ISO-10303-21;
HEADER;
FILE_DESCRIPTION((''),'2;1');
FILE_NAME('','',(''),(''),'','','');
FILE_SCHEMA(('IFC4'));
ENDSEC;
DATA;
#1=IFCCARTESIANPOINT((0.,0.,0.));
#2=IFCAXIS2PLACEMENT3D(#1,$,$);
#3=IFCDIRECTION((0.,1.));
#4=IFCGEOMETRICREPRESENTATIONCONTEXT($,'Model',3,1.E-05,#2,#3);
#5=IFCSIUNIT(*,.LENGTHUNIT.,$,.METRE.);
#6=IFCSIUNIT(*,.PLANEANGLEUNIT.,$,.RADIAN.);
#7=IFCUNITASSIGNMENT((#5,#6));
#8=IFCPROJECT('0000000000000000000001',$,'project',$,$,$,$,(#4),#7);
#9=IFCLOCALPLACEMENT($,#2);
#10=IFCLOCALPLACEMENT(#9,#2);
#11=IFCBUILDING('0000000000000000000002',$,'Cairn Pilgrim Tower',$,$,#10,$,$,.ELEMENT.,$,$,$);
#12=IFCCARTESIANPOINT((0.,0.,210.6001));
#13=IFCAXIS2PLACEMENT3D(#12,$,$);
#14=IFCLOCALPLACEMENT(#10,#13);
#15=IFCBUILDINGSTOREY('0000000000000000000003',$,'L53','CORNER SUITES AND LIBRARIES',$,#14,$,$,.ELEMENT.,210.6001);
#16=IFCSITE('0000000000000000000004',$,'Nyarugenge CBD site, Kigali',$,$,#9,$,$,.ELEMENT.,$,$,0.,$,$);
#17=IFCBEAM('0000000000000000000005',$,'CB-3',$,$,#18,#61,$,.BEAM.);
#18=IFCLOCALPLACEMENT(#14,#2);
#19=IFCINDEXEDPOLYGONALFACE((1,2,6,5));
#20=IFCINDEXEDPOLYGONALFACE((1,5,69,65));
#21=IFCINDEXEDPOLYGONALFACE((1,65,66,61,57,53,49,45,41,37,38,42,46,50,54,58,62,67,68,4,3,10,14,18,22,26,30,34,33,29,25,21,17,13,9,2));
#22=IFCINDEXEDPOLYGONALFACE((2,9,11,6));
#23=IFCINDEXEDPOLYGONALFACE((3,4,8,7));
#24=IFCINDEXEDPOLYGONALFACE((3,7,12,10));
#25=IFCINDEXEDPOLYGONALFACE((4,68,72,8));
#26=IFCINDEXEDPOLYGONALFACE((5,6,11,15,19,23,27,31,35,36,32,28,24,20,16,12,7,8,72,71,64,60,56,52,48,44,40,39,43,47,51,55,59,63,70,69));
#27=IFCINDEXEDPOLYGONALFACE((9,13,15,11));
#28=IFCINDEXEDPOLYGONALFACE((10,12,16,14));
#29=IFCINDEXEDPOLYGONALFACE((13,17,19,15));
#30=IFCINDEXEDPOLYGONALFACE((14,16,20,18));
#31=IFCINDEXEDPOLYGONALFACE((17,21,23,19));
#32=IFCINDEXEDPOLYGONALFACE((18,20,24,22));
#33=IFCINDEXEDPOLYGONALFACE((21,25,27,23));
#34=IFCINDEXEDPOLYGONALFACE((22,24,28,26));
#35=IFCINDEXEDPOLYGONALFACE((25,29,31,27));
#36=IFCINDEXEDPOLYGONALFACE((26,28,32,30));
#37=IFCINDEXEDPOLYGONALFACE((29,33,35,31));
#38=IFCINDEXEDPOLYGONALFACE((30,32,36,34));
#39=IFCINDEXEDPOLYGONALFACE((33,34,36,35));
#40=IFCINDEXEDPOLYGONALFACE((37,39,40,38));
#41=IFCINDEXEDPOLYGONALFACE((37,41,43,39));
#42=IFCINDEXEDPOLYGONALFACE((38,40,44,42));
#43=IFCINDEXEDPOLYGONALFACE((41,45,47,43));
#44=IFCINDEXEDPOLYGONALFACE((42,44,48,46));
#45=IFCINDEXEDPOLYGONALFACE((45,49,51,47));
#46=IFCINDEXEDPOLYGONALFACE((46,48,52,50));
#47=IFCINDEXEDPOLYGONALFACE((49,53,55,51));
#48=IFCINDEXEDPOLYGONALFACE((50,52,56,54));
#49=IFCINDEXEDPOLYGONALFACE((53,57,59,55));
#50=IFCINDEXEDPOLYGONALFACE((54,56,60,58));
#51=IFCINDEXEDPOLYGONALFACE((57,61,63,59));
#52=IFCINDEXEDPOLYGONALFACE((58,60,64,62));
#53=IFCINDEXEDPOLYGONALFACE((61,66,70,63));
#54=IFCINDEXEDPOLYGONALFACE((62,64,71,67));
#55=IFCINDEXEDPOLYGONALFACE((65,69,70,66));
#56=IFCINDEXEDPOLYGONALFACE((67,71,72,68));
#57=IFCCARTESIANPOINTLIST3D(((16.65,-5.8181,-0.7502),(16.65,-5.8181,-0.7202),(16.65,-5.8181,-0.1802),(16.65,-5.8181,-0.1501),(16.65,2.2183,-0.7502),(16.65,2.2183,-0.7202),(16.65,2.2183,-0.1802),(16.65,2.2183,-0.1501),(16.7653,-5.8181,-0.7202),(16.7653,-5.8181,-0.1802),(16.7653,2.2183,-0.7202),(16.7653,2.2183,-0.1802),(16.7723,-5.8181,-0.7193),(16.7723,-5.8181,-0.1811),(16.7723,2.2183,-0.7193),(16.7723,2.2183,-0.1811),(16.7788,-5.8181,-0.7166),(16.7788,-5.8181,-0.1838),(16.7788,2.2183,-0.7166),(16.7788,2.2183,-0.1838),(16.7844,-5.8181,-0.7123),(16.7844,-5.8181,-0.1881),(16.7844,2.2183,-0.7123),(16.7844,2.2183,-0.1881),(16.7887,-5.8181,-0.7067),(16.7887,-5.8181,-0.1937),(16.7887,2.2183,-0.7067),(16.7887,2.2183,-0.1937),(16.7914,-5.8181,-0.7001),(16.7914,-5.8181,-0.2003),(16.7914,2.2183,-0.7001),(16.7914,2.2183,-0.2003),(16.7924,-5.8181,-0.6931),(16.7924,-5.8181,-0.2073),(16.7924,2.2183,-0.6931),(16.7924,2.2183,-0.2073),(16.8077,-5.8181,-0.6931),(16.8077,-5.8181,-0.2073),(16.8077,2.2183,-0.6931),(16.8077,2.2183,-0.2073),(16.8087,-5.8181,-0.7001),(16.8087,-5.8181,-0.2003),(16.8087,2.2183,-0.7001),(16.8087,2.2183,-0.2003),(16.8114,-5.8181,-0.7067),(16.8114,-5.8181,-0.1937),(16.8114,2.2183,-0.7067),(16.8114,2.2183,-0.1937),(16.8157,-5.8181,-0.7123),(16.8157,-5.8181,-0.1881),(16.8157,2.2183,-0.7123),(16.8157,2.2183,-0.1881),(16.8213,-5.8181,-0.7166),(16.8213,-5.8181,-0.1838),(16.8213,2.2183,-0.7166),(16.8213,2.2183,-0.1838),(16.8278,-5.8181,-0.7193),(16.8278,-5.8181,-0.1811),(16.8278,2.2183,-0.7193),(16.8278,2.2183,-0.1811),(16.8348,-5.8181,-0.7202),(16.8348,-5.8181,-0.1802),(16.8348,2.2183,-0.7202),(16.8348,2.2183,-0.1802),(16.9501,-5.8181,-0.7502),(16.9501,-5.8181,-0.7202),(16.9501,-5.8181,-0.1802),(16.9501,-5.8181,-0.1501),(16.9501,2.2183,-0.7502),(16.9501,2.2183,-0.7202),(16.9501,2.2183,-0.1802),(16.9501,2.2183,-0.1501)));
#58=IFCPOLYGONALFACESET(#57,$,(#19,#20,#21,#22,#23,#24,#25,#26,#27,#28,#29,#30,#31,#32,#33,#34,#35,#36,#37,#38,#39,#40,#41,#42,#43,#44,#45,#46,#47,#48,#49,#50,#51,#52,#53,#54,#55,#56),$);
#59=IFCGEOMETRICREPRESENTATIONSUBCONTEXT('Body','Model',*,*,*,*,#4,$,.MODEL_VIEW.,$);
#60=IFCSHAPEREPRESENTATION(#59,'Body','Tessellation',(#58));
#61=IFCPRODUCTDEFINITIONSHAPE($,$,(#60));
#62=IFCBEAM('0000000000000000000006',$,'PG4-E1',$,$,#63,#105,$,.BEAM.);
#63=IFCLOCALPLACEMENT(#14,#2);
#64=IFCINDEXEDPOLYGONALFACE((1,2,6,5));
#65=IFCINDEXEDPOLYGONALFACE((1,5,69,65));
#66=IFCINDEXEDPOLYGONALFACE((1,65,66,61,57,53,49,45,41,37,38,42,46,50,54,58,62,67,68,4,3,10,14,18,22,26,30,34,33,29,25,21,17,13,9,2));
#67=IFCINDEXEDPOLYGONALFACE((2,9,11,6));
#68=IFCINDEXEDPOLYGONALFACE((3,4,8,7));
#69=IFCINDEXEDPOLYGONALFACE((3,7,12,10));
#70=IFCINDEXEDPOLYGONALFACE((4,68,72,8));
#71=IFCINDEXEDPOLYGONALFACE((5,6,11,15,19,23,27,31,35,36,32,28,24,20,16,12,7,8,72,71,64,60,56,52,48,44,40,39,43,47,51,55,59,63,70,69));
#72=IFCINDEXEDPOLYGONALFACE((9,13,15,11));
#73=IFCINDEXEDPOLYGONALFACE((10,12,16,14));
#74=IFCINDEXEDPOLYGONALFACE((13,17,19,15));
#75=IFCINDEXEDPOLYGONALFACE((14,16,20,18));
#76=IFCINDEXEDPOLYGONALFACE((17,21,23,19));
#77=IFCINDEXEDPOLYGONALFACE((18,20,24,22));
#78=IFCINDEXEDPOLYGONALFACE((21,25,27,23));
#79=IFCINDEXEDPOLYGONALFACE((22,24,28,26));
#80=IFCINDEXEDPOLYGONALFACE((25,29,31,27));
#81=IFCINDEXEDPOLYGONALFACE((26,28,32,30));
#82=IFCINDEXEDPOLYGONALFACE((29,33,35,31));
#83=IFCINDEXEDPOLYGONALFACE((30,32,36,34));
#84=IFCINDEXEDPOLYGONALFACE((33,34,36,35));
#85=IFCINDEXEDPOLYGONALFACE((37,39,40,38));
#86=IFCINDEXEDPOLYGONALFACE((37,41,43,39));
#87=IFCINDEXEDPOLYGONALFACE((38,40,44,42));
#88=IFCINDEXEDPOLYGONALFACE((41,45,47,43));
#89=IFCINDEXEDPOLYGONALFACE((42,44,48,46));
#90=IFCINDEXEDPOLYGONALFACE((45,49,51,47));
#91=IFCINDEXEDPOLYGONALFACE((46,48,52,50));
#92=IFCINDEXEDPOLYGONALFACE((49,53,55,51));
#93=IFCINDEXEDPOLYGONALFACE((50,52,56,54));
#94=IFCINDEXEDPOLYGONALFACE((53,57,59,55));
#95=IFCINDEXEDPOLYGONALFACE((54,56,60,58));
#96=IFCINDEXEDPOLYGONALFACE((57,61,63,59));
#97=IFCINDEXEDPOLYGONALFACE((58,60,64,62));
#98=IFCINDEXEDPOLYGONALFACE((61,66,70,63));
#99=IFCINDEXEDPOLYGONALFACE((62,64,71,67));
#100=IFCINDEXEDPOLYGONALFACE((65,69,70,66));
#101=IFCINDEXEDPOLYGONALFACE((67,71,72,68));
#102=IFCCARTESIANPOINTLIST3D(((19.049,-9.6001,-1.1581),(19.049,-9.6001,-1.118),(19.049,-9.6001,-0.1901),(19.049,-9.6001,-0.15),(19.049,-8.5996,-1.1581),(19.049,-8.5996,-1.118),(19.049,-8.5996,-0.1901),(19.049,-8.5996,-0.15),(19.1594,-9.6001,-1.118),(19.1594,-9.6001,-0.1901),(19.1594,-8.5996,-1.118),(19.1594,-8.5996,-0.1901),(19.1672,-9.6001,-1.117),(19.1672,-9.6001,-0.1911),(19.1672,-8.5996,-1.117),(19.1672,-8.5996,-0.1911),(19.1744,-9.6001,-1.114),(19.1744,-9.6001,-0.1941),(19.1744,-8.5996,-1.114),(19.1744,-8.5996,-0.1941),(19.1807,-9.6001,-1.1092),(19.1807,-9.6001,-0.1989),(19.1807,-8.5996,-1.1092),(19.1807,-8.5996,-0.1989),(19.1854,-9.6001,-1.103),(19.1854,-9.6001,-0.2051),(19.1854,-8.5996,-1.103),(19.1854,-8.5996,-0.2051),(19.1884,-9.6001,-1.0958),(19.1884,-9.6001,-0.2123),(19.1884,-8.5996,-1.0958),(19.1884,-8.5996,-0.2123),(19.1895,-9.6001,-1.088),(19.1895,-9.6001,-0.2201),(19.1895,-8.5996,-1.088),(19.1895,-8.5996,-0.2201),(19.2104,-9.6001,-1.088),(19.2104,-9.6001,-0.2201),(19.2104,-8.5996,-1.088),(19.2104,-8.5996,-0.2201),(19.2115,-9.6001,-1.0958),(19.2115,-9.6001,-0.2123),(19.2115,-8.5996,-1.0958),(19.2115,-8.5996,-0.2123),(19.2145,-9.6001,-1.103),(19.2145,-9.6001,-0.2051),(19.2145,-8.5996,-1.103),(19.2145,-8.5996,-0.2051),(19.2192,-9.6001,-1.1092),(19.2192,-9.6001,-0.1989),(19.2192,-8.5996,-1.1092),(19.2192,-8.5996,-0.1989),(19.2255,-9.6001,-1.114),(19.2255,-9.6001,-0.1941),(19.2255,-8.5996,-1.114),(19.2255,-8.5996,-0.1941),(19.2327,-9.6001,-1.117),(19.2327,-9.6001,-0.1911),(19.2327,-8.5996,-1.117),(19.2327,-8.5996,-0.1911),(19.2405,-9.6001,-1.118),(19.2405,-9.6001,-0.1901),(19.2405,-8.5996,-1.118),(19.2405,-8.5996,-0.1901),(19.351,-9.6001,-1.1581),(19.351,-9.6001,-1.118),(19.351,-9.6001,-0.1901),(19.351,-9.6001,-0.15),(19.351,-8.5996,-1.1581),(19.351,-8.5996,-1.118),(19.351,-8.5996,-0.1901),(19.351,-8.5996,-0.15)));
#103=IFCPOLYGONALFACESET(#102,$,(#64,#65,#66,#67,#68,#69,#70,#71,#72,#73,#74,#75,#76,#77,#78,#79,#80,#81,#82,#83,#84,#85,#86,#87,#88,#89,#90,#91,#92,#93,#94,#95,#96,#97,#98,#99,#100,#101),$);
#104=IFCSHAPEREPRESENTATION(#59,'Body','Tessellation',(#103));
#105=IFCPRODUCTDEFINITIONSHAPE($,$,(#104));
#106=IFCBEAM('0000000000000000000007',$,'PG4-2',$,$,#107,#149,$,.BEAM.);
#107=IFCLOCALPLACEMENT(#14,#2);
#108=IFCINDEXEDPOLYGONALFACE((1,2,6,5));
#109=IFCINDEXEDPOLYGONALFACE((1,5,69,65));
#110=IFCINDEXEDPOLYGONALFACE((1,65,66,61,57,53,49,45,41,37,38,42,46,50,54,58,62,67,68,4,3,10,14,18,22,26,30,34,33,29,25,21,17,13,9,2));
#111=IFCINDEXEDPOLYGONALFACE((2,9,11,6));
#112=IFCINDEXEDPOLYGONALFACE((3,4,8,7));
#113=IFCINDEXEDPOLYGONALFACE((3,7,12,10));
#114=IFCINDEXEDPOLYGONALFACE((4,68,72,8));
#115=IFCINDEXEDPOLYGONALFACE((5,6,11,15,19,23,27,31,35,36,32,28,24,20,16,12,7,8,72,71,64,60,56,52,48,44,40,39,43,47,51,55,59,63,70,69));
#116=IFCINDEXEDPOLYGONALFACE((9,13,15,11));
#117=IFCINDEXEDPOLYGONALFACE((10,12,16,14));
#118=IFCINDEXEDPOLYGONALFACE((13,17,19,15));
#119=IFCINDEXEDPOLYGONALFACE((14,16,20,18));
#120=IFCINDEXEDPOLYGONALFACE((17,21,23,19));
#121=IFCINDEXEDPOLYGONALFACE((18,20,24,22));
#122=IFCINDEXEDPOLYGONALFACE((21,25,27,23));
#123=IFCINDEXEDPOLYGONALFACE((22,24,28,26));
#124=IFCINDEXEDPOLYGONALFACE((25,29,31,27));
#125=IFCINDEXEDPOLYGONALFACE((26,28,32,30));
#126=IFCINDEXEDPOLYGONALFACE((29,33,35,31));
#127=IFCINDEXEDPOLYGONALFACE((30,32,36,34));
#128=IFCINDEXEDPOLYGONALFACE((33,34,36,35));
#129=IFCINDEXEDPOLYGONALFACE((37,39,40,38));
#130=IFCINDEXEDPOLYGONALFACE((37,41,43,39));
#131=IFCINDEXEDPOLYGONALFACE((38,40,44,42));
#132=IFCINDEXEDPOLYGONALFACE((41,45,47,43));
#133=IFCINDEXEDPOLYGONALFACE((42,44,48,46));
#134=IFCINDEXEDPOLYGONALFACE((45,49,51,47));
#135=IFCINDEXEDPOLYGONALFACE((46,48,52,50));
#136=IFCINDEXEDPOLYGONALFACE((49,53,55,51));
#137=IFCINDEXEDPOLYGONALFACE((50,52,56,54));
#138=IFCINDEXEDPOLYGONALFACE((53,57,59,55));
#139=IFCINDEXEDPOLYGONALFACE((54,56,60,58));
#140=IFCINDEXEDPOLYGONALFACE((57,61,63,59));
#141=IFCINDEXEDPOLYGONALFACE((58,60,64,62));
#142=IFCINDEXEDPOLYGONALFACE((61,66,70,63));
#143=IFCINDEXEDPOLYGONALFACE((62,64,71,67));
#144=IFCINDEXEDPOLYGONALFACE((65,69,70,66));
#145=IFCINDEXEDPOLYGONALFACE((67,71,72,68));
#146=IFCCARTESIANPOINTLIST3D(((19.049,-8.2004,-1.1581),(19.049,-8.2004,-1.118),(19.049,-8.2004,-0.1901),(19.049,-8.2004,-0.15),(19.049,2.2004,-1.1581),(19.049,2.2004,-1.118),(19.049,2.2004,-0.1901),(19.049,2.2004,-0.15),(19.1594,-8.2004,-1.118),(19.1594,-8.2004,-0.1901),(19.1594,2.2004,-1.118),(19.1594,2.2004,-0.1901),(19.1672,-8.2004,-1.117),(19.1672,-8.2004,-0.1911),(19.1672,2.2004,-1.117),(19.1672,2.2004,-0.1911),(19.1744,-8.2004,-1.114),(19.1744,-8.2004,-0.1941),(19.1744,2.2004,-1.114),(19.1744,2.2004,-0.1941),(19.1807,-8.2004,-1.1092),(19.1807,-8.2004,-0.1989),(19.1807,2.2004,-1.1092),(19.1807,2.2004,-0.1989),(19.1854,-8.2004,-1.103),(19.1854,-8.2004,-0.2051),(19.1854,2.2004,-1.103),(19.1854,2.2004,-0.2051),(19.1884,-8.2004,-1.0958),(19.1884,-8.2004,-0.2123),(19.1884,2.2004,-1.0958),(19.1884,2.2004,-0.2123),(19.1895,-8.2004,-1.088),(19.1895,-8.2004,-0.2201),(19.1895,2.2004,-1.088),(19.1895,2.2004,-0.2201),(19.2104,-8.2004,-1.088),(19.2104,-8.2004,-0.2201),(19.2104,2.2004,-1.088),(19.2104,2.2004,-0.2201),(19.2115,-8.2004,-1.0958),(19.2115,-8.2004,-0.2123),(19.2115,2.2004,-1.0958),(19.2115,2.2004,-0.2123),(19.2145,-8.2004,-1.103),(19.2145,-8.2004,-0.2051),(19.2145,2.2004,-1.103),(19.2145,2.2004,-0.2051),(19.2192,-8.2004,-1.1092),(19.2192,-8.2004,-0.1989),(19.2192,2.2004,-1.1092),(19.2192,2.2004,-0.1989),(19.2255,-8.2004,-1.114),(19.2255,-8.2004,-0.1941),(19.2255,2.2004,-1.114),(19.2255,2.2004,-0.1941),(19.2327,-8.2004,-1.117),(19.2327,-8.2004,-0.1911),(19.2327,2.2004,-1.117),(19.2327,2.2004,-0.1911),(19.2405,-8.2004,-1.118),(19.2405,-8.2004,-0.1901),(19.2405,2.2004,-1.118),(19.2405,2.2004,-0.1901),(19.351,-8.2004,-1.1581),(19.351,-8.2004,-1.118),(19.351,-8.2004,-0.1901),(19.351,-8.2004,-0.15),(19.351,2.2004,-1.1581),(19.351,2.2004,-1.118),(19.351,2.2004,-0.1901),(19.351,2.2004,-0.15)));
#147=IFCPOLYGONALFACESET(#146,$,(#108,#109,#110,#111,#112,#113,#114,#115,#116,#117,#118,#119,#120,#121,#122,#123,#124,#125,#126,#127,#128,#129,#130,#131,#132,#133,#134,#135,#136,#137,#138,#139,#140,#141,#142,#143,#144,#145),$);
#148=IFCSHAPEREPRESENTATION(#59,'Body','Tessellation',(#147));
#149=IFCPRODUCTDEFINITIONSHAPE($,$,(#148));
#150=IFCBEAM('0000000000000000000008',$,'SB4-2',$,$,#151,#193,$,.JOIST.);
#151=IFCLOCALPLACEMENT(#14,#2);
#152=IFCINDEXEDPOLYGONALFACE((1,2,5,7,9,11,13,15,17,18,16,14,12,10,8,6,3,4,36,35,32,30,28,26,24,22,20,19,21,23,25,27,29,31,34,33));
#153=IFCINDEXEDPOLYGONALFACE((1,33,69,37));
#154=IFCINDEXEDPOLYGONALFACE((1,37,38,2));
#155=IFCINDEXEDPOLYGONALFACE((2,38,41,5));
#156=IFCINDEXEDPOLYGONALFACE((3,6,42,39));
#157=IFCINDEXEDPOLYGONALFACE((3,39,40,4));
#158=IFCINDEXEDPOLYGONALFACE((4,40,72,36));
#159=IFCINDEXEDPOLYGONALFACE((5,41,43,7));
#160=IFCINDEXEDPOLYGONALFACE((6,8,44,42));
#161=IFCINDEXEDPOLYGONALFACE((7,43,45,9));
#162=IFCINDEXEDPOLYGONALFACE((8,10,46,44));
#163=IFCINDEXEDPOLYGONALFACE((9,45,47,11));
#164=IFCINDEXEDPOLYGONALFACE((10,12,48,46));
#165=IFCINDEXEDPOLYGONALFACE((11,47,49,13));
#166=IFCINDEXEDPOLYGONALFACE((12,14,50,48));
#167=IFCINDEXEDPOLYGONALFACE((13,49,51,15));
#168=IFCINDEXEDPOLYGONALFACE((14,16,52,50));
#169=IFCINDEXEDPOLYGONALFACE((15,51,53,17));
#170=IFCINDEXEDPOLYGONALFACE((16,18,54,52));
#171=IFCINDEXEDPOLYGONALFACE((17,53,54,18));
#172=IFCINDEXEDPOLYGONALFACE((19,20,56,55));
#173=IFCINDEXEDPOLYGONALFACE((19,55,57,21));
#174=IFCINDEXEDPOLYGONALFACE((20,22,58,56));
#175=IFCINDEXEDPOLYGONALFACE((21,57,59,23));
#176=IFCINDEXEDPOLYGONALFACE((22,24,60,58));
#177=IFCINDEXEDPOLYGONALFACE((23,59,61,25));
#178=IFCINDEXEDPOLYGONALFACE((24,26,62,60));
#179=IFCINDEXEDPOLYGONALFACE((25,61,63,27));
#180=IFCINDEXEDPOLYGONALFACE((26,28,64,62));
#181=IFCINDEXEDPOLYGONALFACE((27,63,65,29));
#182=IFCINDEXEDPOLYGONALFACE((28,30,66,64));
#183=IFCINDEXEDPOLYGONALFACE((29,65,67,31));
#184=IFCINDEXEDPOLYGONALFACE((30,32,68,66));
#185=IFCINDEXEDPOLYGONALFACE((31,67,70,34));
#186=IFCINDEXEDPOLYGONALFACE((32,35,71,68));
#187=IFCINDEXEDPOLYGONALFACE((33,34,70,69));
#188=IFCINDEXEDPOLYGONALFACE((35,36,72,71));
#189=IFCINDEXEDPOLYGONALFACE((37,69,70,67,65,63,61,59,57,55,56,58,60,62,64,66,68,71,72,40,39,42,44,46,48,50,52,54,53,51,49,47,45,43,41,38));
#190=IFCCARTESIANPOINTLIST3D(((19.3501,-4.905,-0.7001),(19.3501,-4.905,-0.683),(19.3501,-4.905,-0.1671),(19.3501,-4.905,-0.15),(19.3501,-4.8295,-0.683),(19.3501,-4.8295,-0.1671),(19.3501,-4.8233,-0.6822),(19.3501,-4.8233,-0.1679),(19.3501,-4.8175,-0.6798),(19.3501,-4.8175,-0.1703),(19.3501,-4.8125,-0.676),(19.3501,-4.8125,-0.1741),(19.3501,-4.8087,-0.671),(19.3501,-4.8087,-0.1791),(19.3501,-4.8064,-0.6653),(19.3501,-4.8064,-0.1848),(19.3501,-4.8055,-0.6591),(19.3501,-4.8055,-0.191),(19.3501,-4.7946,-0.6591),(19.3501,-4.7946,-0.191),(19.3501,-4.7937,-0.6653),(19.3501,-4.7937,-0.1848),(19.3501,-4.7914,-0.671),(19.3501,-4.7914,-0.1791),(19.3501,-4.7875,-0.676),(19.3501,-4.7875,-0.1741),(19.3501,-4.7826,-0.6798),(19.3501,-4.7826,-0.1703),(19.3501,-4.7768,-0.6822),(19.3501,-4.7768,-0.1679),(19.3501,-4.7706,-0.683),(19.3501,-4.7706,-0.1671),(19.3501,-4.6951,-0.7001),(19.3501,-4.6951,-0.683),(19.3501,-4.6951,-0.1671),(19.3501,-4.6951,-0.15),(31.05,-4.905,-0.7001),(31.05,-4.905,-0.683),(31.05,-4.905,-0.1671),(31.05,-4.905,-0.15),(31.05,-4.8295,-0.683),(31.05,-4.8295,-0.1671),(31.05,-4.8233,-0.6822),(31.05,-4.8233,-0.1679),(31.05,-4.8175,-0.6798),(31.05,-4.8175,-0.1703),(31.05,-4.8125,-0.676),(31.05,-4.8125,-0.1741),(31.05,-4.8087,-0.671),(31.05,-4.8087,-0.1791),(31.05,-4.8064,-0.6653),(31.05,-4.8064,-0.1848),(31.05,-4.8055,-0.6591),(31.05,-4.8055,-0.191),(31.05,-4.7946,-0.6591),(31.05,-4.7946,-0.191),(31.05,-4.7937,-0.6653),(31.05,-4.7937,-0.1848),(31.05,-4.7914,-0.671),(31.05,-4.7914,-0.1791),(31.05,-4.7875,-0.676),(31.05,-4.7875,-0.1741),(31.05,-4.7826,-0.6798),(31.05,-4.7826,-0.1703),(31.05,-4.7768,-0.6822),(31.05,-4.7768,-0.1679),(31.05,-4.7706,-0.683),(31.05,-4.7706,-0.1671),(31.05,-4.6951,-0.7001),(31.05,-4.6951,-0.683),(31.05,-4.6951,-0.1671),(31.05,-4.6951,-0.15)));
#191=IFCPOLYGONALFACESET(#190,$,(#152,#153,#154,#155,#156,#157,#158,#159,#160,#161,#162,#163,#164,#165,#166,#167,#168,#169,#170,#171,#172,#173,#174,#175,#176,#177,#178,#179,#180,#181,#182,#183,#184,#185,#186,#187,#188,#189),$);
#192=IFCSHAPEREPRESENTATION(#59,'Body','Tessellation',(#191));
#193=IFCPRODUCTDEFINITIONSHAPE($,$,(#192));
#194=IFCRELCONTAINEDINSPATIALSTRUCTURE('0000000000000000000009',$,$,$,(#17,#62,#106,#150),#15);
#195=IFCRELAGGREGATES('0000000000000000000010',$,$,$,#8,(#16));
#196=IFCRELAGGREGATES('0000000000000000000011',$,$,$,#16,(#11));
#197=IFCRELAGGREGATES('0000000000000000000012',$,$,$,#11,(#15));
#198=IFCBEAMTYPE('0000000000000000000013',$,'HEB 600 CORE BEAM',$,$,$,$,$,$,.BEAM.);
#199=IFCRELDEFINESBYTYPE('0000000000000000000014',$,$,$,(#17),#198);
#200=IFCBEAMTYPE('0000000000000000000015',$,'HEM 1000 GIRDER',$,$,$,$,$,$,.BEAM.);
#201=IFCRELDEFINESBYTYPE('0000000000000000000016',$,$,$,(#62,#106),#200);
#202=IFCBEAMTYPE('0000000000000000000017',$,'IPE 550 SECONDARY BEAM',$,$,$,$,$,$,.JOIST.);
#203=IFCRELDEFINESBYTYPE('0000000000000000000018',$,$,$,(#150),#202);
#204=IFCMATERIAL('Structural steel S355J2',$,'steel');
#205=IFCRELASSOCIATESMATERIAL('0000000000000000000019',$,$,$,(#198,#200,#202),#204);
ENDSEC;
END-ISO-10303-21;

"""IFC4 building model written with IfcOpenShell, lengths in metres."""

from ifc_helpers import new_model, si_unit, direction, frame, origin, origin_2d, place, context, subcontext, project, spatial, i_section, extrude, material, material_profile, profile_set, type_object, element, save


model = new_model("IFC4")

# Units and contexts
model_context = context("Model", 3, precision=1e-05, world=origin(), true_north=direction((0.0, 1.0)))
body_context = subcontext(model_context, "Body", "Model", "MODEL_VIEW")
ifc_project = project(units=[si_unit("LENGTHUNIT", "METRE"), si_unit("PLANEANGLEUNIT", "RADIAN")], contexts=[model_context])

# Site, building, storey
site_placement = place(None, origin())
site = spatial("IfcSite", under=ifc_project, at=site_placement, Name="Nyarugenge CBD site, Kigali", CompositionType="ELEMENT", RefElevation=0.0)
building_placement = place(site_placement, origin())
building = spatial("IfcBuilding", under=site, at=building_placement, Name="Cairn Pilgrim Tower", CompositionType="ELEMENT")
storey_placement = place(building_placement, frame((0.0, 0.0, 210.6001)))
storey = spatial("IfcBuildingStorey", under=building, at=storey_placement, Name="L53", Description="CORNER SUITES AND LIBRARIES", CompositionType="ELEMENT", Elevation=210.6001)

# Shared definitions
ifc_material_1 = material(Name="Structural steel S355J2", Category="steel")

# Beams
ifc_material_profile_1 = material_profile(ifc_material_1, i_section(OverallWidth=0.3, OverallDepth=0.6001, WebThickness=0.0154, FlangeThickness=0.03, FilletRadius=0.0271, at=origin_2d()), Name="HEB 600")
ifc_profile_set_1 = profile_set([ifc_material_profile_1], Name="Structural steel S355J2")
beam_type_1 = type_object("IfcBeamType", Name="HEB 600 CORE BEAM", PredefinedType="BEAM", material=ifc_profile_set_1)
beam_1_placement = place(storey_placement, frame((16.8, -5.8181, -0.4502), z_axis=(0.0, 1.0, 0.0), x_axis=(-1.0, 0.0, 0.0)))
element("IfcBeam", 1, at=beam_1_placement, inside=storey, type_object=beam_type_1, Name="CB-3", PredefinedType="BEAM", context=body_context, shape_type="SweptSolid", body=[
    extrude(i_section(OverallWidth=0.3, OverallDepth=0.6001, WebThickness=0.0154, FlangeThickness=0.03, FilletRadius=0.0271, at=origin_2d()), origin(), (0.0, 0.0, 1.0), 8.0364),
])
ifc_material_profile_2 = material_profile(ifc_material_1, i_section(OverallWidth=0.302, OverallDepth=1.0081, WebThickness=0.021, FlangeThickness=0.04, FilletRadius=0.03, at=origin_2d()), Name="HEM 1000")
ifc_profile_set_2 = profile_set([ifc_material_profile_2], Name="Structural steel S355J2")
beam_type_2 = type_object("IfcBeamType", Name="HEM 1000 GIRDER", PredefinedType="BEAM", material=ifc_profile_set_2)
beam_2_placement = place(storey_placement, frame((19.2, -9.6001, -0.6541), z_axis=(0.0, 1.0, 0.0), x_axis=(-1.0, 0.0, 0.0)))
element("IfcBeam", 2, at=beam_2_placement, inside=storey, type_object=beam_type_2, Name="PG4-E1", PredefinedType="BEAM", context=body_context, shape_type="SweptSolid", body=[
    extrude(i_section(OverallWidth=0.302, OverallDepth=1.0081, WebThickness=0.021, FlangeThickness=0.04, FilletRadius=0.03, at=origin_2d()), origin(), (0.0, 0.0, 1.0), 1.0005),
])
beam_3_placement = place(storey_placement, frame((19.2, -8.2004, -0.6541), z_axis=(0.0, 1.0, 0.0), x_axis=(-1.0, 0.0, 0.0)))
element("IfcBeam", 3, at=beam_3_placement, inside=storey, type_object=beam_type_2, Name="PG4-2", PredefinedType="BEAM", context=body_context, shape_type="SweptSolid", body=[
    extrude(i_section(OverallWidth=0.302, OverallDepth=1.0081, WebThickness=0.021, FlangeThickness=0.04, FilletRadius=0.03, at=origin_2d()), origin(), (0.0, 0.0, 1.0), 10.4009),
])
ifc_material_profile_3 = material_profile(ifc_material_1, i_section(OverallWidth=0.21, OverallDepth=0.55, WebThickness=0.011, FlangeThickness=0.0171, FilletRadius=0.0239, at=origin_2d()), Name="IPE 550")
ifc_profile_set_3 = profile_set([ifc_material_profile_3], Name="Structural steel S355J2")
beam_type_3 = type_object("IfcBeamType", Name="IPE 550 SECONDARY BEAM", PredefinedType="JOIST", material=ifc_profile_set_3)
beam_4_placement = place(storey_placement, frame((19.3501, -4.8, -0.425), z_axis=(1.0, 0.0, 0.0), x_axis=(0.0, 1.0, 0.0)))
element("IfcBeam", 4, at=beam_4_placement, inside=storey, type_object=beam_type_3, Name="SB4-2", PredefinedType="JOIST", context=body_context, shape_type="SweptSolid", body=[
    extrude(i_section(OverallWidth=0.21, OverallDepth=0.55, WebThickness=0.011, FlangeThickness=0.0171, FilletRadius=0.0239, at=origin_2d()), origin(), (0.0, 0.0, 1.0), 11.7),
])

save(model, "model.ifc")
